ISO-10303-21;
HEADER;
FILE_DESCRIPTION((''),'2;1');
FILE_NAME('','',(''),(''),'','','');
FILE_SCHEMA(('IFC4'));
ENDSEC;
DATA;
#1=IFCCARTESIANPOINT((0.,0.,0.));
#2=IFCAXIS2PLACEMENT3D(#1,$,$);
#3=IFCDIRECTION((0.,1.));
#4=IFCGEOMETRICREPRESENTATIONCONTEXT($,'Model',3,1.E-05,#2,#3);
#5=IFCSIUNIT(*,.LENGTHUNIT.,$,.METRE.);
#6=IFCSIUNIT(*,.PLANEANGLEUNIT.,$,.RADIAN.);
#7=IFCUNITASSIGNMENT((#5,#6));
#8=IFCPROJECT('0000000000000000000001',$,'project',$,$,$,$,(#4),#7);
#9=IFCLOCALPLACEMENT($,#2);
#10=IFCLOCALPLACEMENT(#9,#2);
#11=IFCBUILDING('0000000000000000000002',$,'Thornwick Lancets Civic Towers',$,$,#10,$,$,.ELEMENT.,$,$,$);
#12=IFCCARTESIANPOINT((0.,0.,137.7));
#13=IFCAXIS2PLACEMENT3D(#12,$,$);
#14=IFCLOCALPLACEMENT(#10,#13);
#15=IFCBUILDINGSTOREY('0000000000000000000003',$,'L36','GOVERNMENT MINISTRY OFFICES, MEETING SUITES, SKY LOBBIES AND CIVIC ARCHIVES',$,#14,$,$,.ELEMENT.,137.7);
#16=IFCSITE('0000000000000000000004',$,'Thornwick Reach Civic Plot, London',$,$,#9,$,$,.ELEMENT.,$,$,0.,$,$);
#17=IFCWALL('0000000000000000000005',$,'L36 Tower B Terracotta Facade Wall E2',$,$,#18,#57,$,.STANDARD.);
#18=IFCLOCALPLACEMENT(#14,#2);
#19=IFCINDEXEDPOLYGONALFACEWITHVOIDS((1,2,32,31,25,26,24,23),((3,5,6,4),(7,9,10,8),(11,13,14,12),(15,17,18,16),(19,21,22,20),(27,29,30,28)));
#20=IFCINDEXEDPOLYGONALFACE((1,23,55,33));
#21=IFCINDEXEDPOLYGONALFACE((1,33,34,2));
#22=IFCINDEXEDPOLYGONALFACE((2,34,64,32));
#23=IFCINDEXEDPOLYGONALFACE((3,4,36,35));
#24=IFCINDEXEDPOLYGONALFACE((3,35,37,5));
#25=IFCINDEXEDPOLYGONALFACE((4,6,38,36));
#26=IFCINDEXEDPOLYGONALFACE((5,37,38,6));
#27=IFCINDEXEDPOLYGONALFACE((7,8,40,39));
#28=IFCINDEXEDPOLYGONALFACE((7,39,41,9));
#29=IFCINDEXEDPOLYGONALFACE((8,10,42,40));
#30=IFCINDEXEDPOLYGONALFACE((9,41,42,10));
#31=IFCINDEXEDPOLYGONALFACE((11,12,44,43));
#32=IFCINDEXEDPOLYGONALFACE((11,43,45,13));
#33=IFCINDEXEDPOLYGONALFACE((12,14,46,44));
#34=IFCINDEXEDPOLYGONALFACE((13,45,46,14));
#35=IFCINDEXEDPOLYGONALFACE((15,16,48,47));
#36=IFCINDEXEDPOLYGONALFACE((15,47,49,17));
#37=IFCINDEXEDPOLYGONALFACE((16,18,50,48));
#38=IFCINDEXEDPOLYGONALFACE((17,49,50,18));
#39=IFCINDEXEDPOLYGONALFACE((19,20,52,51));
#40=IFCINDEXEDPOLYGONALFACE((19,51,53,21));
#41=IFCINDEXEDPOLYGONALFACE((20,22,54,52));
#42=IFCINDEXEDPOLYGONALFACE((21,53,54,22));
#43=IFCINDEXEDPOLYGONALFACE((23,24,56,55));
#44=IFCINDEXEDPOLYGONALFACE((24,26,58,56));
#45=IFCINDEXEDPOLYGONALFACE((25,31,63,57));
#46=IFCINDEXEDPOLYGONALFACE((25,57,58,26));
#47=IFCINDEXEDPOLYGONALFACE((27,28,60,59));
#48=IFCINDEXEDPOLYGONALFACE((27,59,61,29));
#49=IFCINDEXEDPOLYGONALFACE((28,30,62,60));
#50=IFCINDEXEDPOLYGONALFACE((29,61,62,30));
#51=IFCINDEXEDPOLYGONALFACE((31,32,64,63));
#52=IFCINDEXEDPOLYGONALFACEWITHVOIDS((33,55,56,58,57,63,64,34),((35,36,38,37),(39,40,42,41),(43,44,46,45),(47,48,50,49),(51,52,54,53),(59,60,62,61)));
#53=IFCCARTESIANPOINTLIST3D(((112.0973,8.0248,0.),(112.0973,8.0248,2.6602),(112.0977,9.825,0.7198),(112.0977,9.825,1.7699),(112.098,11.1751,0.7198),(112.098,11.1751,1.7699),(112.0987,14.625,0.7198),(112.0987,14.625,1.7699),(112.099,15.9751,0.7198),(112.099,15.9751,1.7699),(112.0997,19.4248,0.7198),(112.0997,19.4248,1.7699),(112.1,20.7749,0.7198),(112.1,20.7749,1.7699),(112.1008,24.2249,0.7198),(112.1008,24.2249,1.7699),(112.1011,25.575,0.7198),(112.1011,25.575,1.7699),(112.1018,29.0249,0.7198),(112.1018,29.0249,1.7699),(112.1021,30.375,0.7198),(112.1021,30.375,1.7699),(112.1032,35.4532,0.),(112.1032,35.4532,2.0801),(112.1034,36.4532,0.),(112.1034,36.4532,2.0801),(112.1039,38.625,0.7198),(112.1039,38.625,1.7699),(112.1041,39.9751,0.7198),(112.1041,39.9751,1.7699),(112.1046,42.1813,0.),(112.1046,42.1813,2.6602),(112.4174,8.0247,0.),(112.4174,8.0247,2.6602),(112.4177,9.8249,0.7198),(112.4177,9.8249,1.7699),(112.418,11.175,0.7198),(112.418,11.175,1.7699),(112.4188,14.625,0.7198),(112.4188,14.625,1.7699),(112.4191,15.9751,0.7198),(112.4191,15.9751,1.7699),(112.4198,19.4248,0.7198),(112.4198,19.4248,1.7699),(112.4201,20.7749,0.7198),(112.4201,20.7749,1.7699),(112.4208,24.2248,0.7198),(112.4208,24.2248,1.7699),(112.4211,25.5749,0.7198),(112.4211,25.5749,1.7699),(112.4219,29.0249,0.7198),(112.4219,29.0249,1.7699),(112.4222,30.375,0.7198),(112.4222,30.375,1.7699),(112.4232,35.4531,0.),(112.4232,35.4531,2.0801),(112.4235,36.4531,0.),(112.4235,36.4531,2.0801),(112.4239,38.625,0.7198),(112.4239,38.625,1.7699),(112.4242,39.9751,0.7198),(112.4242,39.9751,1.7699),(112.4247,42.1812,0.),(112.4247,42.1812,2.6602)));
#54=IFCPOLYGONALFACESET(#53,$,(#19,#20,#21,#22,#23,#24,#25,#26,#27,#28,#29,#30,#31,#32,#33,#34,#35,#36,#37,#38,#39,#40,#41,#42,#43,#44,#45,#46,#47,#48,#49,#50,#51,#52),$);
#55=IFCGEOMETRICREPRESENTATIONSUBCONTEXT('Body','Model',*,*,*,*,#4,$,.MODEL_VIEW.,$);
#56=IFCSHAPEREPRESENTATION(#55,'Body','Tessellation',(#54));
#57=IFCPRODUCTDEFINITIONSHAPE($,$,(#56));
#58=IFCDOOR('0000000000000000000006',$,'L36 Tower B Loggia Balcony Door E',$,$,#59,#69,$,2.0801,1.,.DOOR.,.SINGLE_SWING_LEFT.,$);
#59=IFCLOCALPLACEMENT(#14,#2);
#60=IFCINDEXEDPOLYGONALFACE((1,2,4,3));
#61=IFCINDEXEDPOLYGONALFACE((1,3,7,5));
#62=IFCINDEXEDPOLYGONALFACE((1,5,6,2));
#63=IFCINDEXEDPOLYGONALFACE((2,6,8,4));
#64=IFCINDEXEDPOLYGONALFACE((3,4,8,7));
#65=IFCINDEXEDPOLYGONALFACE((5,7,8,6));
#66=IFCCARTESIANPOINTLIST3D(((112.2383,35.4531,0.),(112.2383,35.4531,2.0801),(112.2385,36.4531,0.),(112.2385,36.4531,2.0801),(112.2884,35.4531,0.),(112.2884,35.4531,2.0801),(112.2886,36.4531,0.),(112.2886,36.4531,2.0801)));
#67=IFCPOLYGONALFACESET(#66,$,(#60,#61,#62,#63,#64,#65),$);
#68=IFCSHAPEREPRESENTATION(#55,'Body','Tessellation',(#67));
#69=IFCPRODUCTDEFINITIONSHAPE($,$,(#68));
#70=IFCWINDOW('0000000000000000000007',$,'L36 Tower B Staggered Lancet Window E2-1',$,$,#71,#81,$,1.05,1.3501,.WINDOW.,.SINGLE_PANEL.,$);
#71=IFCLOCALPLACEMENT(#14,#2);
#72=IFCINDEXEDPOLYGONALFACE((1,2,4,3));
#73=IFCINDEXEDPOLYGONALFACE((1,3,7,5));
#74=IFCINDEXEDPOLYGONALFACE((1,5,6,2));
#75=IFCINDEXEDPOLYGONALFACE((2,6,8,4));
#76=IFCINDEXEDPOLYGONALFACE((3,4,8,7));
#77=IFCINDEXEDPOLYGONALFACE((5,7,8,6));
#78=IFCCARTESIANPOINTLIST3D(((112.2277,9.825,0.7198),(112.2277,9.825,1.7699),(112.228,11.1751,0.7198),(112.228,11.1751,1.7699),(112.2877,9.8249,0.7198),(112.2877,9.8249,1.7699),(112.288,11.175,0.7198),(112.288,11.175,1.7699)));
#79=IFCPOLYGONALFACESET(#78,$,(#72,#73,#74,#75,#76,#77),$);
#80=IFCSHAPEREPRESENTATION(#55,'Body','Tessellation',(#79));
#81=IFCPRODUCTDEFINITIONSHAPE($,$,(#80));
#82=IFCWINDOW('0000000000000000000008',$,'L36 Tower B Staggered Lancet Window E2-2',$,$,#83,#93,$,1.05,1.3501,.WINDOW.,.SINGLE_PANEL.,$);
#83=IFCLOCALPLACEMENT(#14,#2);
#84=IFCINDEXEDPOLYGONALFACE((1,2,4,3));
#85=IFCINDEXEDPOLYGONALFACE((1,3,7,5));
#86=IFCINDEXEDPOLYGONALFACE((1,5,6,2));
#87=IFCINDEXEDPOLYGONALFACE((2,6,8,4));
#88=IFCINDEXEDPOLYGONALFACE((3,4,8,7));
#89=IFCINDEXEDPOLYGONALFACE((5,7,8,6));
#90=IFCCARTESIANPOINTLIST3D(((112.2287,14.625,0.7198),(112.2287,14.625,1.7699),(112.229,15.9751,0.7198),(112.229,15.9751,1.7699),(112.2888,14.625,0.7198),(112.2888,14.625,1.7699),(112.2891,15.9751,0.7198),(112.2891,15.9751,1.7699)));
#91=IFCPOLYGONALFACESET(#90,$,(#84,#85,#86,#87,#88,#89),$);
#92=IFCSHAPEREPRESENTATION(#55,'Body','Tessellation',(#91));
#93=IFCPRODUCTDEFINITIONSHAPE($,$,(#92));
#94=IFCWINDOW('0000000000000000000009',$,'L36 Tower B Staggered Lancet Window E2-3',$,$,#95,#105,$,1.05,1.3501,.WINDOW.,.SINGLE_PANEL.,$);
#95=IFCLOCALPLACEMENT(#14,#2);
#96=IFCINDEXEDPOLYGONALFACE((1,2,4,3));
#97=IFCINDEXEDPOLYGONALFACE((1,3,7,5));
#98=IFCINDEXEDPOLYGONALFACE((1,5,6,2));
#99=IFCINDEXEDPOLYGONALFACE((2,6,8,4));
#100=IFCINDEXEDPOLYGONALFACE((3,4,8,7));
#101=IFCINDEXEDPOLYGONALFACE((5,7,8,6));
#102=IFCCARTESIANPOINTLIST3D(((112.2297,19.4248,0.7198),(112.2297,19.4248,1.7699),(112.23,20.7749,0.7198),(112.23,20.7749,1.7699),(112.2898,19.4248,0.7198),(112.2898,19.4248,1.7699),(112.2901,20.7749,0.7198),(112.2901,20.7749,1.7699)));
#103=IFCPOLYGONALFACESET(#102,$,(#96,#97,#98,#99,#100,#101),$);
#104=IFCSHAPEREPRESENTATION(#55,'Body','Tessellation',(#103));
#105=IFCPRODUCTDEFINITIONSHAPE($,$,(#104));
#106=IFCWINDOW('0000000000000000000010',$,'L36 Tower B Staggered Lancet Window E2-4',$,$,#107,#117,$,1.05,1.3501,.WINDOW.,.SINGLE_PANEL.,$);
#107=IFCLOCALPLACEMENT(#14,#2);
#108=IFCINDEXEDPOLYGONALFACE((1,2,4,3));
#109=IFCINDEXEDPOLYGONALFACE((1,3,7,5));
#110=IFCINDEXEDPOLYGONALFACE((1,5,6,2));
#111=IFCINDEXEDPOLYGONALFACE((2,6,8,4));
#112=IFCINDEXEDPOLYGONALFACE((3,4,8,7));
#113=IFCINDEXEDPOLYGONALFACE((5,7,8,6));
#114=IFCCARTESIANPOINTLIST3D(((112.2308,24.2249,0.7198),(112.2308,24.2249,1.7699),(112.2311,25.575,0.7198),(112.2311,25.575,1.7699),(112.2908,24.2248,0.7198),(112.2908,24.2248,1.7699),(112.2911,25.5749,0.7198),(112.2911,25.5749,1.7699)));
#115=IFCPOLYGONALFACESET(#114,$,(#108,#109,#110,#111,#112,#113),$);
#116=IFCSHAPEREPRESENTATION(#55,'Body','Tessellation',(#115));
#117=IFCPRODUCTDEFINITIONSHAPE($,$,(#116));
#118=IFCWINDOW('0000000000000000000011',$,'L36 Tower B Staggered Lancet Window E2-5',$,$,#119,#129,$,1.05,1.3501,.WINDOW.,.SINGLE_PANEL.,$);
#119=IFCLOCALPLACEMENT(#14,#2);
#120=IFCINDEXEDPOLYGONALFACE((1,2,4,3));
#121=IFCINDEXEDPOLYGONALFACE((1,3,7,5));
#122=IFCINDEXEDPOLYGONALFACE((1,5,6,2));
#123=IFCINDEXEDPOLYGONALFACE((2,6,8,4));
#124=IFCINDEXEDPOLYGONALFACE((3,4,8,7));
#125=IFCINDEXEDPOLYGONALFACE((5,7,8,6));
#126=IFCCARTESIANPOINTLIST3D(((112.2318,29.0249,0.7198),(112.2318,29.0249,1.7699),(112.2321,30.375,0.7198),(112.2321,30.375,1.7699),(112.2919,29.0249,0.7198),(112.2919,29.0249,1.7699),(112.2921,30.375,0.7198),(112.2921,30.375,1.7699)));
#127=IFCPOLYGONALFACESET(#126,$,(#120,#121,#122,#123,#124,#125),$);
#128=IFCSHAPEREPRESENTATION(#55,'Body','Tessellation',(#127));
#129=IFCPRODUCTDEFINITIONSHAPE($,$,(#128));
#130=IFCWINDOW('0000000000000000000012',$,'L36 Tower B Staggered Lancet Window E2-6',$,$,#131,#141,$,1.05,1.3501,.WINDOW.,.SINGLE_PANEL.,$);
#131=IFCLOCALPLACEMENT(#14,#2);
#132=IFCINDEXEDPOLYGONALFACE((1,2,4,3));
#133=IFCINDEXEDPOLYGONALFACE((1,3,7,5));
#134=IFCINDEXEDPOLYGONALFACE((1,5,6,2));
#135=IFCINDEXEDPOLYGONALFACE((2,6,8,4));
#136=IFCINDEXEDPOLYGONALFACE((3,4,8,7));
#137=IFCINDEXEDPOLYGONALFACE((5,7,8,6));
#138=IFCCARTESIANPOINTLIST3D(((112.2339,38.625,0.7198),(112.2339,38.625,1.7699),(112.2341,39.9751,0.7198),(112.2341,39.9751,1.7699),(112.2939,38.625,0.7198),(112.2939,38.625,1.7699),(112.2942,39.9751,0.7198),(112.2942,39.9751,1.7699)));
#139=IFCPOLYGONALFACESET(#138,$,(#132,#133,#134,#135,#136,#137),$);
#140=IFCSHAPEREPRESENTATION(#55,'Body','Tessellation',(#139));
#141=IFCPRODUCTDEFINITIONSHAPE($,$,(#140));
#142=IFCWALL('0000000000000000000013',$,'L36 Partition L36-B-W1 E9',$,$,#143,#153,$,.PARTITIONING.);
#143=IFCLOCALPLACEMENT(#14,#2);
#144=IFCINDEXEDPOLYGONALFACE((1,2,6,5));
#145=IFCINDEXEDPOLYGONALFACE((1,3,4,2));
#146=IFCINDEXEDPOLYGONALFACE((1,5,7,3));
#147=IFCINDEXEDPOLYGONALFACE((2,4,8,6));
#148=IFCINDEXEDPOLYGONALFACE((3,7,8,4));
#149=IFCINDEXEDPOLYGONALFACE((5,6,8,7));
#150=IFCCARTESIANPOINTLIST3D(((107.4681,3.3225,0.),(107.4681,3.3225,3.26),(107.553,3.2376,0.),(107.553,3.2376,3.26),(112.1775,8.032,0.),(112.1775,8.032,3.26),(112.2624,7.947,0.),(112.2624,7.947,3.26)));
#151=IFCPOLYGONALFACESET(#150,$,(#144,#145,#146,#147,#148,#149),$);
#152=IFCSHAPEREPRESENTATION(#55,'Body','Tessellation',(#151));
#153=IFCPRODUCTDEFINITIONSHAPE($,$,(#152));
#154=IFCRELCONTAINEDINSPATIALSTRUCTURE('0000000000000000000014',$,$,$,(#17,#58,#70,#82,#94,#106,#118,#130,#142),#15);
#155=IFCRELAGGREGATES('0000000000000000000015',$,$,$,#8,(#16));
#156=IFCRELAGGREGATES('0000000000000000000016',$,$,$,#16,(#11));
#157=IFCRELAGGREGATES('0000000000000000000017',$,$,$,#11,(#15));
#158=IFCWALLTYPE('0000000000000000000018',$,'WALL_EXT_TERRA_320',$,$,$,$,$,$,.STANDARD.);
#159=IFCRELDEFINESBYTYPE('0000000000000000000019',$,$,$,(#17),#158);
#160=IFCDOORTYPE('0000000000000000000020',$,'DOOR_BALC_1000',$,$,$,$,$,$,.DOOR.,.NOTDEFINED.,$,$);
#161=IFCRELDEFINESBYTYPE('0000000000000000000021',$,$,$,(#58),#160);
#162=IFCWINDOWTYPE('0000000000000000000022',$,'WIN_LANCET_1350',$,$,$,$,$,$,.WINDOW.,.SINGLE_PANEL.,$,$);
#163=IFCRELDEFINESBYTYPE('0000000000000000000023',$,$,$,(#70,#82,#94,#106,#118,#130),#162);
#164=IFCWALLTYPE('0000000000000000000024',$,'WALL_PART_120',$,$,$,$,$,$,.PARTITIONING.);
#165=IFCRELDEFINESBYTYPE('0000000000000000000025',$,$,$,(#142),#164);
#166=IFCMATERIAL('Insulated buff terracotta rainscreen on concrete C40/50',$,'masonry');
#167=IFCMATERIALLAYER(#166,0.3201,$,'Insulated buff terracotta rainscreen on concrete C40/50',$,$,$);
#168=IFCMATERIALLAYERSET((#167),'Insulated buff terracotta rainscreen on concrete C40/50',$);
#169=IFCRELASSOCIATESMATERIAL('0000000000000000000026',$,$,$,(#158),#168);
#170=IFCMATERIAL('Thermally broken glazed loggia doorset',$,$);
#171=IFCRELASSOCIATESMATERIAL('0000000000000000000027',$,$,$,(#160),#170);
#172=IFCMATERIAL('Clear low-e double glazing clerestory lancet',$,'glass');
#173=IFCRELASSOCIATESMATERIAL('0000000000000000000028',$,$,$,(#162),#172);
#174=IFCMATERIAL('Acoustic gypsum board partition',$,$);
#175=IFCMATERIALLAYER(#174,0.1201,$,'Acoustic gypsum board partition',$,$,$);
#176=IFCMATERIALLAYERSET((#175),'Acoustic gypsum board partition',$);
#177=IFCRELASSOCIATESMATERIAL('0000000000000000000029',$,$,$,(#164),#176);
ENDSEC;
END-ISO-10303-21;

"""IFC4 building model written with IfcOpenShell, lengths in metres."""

from ifc_helpers import new_model, si_unit, direction, frame, frame_2d, origin, place, context, subcontext, project, spatial, rectangle, extrude, material, layer, layer_set, type_object, element, fill, save


model = new_model("IFC4")

# Units and contexts
model_context = context("Model", 3, precision=1e-05, world=origin(), true_north=direction((0.0, 1.0)))
body_context = subcontext(model_context, "Body", "Model", "MODEL_VIEW")
ifc_project = project(units=[si_unit("LENGTHUNIT", "METRE"), si_unit("PLANEANGLEUNIT", "RADIAN")], contexts=[model_context])

# Site, building, storey
site_placement = place(None, origin())
site = spatial("IfcSite", under=ifc_project, at=site_placement, Name="Thornwick Reach Civic Plot, London", CompositionType="ELEMENT", RefElevation=0.0)
building_placement = place(site_placement, origin())
building = spatial("IfcBuilding", under=site, at=building_placement, Name="Thornwick Lancets Civic Towers", CompositionType="ELEMENT")
storey_placement = place(building_placement, frame((0.0, 0.0, 137.7)))
storey = spatial("IfcBuildingStorey", under=building, at=storey_placement, Name="L36", Description="GOVERNMENT MINISTRY OFFICES, MEETING SUITES, SKY LOBBIES AND CIVIC ARCHIVES", CompositionType="ELEMENT", Elevation=137.7)

# Wall, openings, door, windows
ifc_material_1 = material(Name="Insulated buff terracotta rainscreen on concrete C40/50", Category="masonry")
ifc_layer_1 = layer(ifc_material_1, 0.3201, Name="Insulated buff terracotta rainscreen on concrete C40/50")
ifc_layer_set_1 = layer_set([ifc_layer_1], Name="Insulated buff terracotta rainscreen on concrete C40/50")
wall_type_1 = type_object("IfcWallType", Name="WALL_EXT_TERRA_320", PredefinedType="STANDARD", material=ifc_layer_set_1)
wall_1_placement = place(storey_placement, frame((112.2573, 8.0249, 0.0), z_axis=(0.0, 0.0, 1.0), x_axis=(0.000214, 1.0, 0.0)))
wall_1 = element("IfcWall", 1, at=wall_1_placement, inside=storey, type_object=wall_type_1, Name="L36 Tower B Terracotta Facade Wall E2", PredefinedType="STANDARD", context=body_context, shape_type="SweptSolid", body=[
    extrude(rectangle(XDim=34.1565, YDim=0.3201, at=frame_2d((17.0781, 0.0))), origin(), (0.0, 0.0, 1.0), 2.6602),
])
opening_1_placement = place(wall_1_placement, frame((27.4282, 0.0, 0.0)))
opening_1 = element("IfcOpeningElement", 2, at=opening_1_placement, cuts=wall_1, PredefinedType="OPENING", context=body_context, shape_type="SweptSolid", body=[
    extrude(rectangle(XDim=1.0, YDim=2.0801, at=frame_2d((0.5, 1.04))), frame((0.0, 0.1699, 0.0), z_axis=(0.0, -1.0, 0.0), x_axis=(1.0, 0.0, 0.0)), (0.0, 0.0, 1.0), 0.3401),
])
opening_2_placement = place(wall_1_placement, frame((1.8, 0.0, 0.72)))
opening_2 = element("IfcOpeningElement", 3, at=opening_2_placement, cuts=wall_1, PredefinedType="OPENING", context=body_context, shape_type="SweptSolid", body=[
    extrude(rectangle(XDim=1.3501, YDim=1.05, at=frame_2d((0.675, 0.5249))), frame((0.0, 0.1699, 0.0), z_axis=(0.0, -1.0, 0.0), x_axis=(1.0, 0.0, 0.0)), (0.0, 0.0, 1.0), 0.3401),
])
opening_3_placement = place(wall_1_placement, frame((6.6001, 0.0, 0.72)))
opening_3 = element("IfcOpeningElement", 4, at=opening_3_placement, cuts=wall_1, PredefinedType="OPENING", context=body_context, shape_type="SweptSolid", body=[
    extrude(rectangle(XDim=1.3501, YDim=1.05, at=frame_2d((0.675, 0.5249))), frame((0.0, 0.1699, 0.0), z_axis=(0.0, -1.0, 0.0), x_axis=(1.0, 0.0, 0.0)), (0.0, 0.0, 1.0), 0.3401),
])
opening_4_placement = place(wall_1_placement, frame((11.3999, 0.0, 0.72)))
opening_4 = element("IfcOpeningElement", 5, at=opening_4_placement, cuts=wall_1, PredefinedType="OPENING", context=body_context, shape_type="SweptSolid", body=[
    extrude(rectangle(XDim=1.3501, YDim=1.05, at=frame_2d((0.675, 0.5249))), frame((0.0, 0.1699, 0.0), z_axis=(0.0, -1.0, 0.0), x_axis=(1.0, 0.0, 0.0)), (0.0, 0.0, 1.0), 0.3401),
])
opening_5_placement = place(wall_1_placement, frame((16.2, 0.0, 0.72)))
opening_5 = element("IfcOpeningElement", 6, at=opening_5_placement, cuts=wall_1, PredefinedType="OPENING", context=body_context, shape_type="SweptSolid", body=[
    extrude(rectangle(XDim=1.3501, YDim=1.05, at=frame_2d((0.675, 0.5249))), frame((0.0, 0.1699, 0.0), z_axis=(0.0, -1.0, 0.0), x_axis=(1.0, 0.0, 0.0)), (0.0, 0.0, 1.0), 0.3401),
])
opening_6_placement = place(wall_1_placement, frame((21.0, 0.0, 0.72)))
opening_6 = element("IfcOpeningElement", 7, at=opening_6_placement, cuts=wall_1, PredefinedType="OPENING", context=body_context, shape_type="SweptSolid", body=[
    extrude(rectangle(XDim=1.3501, YDim=1.05, at=frame_2d((0.675, 0.5249))), frame((0.0, 0.1699, 0.0), z_axis=(0.0, -1.0, 0.0), x_axis=(1.0, 0.0, 0.0)), (0.0, 0.0, 1.0), 0.3401),
])
opening_7_placement = place(wall_1_placement, frame((30.6001, 0.0, 0.72)))
opening_7 = element("IfcOpeningElement", 8, at=opening_7_placement, cuts=wall_1, PredefinedType="OPENING", context=body_context, shape_type="SweptSolid", body=[
    extrude(rectangle(XDim=1.3501, YDim=1.05, at=frame_2d((0.675, 0.5249))), frame((0.0, 0.1699, 0.0), z_axis=(0.0, -1.0, 0.0), x_axis=(1.0, 0.0, 0.0)), (0.0, 0.0, 1.0), 0.3401),
])
ifc_material_2 = material(Name="Thermally broken glazed loggia doorset")
door_type = type_object("IfcDoorType", Name="DOOR_BALC_1000", OperationType="NOTDEFINED", PredefinedType="DOOR", material=ifc_material_2)
door_placement = place(opening_1_placement, origin())
door = element("IfcDoor", 9, at=door_placement, inside=storey, type_object=door_type, Name="L36 Tower B Loggia Balcony Door E", OperationType="SINGLE_SWING_LEFT", OverallHeight=2.0801, OverallWidth=1.0, PredefinedType="DOOR", context=body_context, shape_type="SweptSolid", body=[
    extrude(rectangle(XDim=1.0, YDim=2.0801, at=frame_2d((0.5, 1.04))), frame((0.0, 0.0249, 0.0), z_axis=(0.0, -1.0, 0.0), x_axis=(1.0, 0.0, 0.0)), (0.0, 0.0, 1.0), 0.05),
])
fill(opening_1, door)
ifc_material_3 = material(Name="Clear low-e double glazing clerestory lancet", Category="glass")
window_type = type_object("IfcWindowType", Name="WIN_LANCET_1350", PartitioningType="SINGLE_PANEL", PredefinedType="WINDOW", material=ifc_material_3)
window_1_placement = place(opening_2_placement, origin())
window_1 = element("IfcWindow", 10, at=window_1_placement, inside=storey, type_object=window_type, Name="L36 Tower B Staggered Lancet Window E2-1", OverallHeight=1.05, OverallWidth=1.3501, PartitioningType="SINGLE_PANEL", PredefinedType="WINDOW", context=body_context, shape_type="SweptSolid", body=[
    extrude(rectangle(XDim=1.3501, YDim=1.05, at=frame_2d((0.675, 0.5249))), frame((0.0, 0.03, 0.0), z_axis=(0.0, -1.0, 0.0), x_axis=(1.0, 0.0, 0.0)), (0.0, 0.0, 1.0), 0.0601),
])
fill(opening_2, window_1)
window_2_placement = place(opening_3_placement, origin())
window_2 = element("IfcWindow", 11, at=window_2_placement, inside=storey, type_object=window_type, Name="L36 Tower B Staggered Lancet Window E2-2", OverallHeight=1.05, OverallWidth=1.3501, PartitioningType="SINGLE_PANEL", PredefinedType="WINDOW", context=body_context, shape_type="SweptSolid", body=[
    extrude(rectangle(XDim=1.3501, YDim=1.05, at=frame_2d((0.675, 0.5249))), frame((0.0, 0.03, 0.0), z_axis=(0.0, -1.0, 0.0), x_axis=(1.0, 0.0, 0.0)), (0.0, 0.0, 1.0), 0.0601),
])
fill(opening_3, window_2)
window_3_placement = place(opening_4_placement, origin())
window_3 = element("IfcWindow", 12, at=window_3_placement, inside=storey, type_object=window_type, Name="L36 Tower B Staggered Lancet Window E2-3", OverallHeight=1.05, OverallWidth=1.3501, PartitioningType="SINGLE_PANEL", PredefinedType="WINDOW", context=body_context, shape_type="SweptSolid", body=[
    extrude(rectangle(XDim=1.3501, YDim=1.05, at=frame_2d((0.675, 0.5249))), frame((0.0, 0.03, 0.0), z_axis=(0.0, -1.0, 0.0), x_axis=(1.0, 0.0, 0.0)), (0.0, 0.0, 1.0), 0.0601),
])
fill(opening_4, window_3)
window_4_placement = place(opening_5_placement, origin())
window_4 = element("IfcWindow", 13, at=window_4_placement, inside=storey, type_object=window_type, Name="L36 Tower B Staggered Lancet Window E2-4", OverallHeight=1.05, OverallWidth=1.3501, PartitioningType="SINGLE_PANEL", PredefinedType="WINDOW", context=body_context, shape_type="SweptSolid", body=[
    extrude(rectangle(XDim=1.3501, YDim=1.05, at=frame_2d((0.675, 0.5249))), frame((0.0, 0.03, 0.0), z_axis=(0.0, -1.0, 0.0), x_axis=(1.0, 0.0, 0.0)), (0.0, 0.0, 1.0), 0.0601),
])
fill(opening_5, window_4)
window_5_placement = place(opening_6_placement, origin())
window_5 = element("IfcWindow", 14, at=window_5_placement, inside=storey, type_object=window_type, Name="L36 Tower B Staggered Lancet Window E2-5", OverallHeight=1.05, OverallWidth=1.3501, PartitioningType="SINGLE_PANEL", PredefinedType="WINDOW", context=body_context, shape_type="SweptSolid", body=[
    extrude(rectangle(XDim=1.3501, YDim=1.05, at=frame_2d((0.675, 0.5249))), frame((0.0, 0.03, 0.0), z_axis=(0.0, -1.0, 0.0), x_axis=(1.0, 0.0, 0.0)), (0.0, 0.0, 1.0), 0.0601),
])
fill(opening_6, window_5)
window_6_placement = place(opening_7_placement, origin())
window_6 = element("IfcWindow", 15, at=window_6_placement, inside=storey, type_object=window_type, Name="L36 Tower B Staggered Lancet Window E2-6", OverallHeight=1.05, OverallWidth=1.3501, PartitioningType="SINGLE_PANEL", PredefinedType="WINDOW", context=body_context, shape_type="SweptSolid", body=[
    extrude(rectangle(XDim=1.3501, YDim=1.05, at=frame_2d((0.675, 0.5249))), frame((0.0, 0.03, 0.0), z_axis=(0.0, -1.0, 0.0), x_axis=(1.0, 0.0, 0.0)), (0.0, 0.0, 1.0), 0.0601),
])
fill(opening_7, window_6)

# Wall
ifc_material_4 = material(Name="Acoustic gypsum board partition")
ifc_layer_2 = layer(ifc_material_4, 0.1201, Name="Acoustic gypsum board partition")
ifc_layer_set_2 = layer_set([ifc_layer_2], Name="Acoustic gypsum board partition")
wall_type_2 = type_object("IfcWallType", Name="WALL_PART_120", PredefinedType="PARTITIONING", material=ifc_layer_set_2)
wall_2_placement = place(storey_placement, frame((112.22, 7.9895, 0.0), z_axis=(0.0, 0.0, 1.0), x_axis=(-0.707107, -0.707107, 0.0)))
element("IfcWall", 16, at=wall_2_placement, inside=storey, type_object=wall_type_2, Name="L36 Partition L36-B-W1 E9", PredefinedType="PARTITIONING", context=body_context, shape_type="SweptSolid", body=[
    extrude(rectangle(XDim=6.6602, YDim=0.1201, at=frame_2d((3.3301, 0.0))), origin(), (0.0, 0.0, 1.0), 3.26),
])

save(model, "model.ifc")
